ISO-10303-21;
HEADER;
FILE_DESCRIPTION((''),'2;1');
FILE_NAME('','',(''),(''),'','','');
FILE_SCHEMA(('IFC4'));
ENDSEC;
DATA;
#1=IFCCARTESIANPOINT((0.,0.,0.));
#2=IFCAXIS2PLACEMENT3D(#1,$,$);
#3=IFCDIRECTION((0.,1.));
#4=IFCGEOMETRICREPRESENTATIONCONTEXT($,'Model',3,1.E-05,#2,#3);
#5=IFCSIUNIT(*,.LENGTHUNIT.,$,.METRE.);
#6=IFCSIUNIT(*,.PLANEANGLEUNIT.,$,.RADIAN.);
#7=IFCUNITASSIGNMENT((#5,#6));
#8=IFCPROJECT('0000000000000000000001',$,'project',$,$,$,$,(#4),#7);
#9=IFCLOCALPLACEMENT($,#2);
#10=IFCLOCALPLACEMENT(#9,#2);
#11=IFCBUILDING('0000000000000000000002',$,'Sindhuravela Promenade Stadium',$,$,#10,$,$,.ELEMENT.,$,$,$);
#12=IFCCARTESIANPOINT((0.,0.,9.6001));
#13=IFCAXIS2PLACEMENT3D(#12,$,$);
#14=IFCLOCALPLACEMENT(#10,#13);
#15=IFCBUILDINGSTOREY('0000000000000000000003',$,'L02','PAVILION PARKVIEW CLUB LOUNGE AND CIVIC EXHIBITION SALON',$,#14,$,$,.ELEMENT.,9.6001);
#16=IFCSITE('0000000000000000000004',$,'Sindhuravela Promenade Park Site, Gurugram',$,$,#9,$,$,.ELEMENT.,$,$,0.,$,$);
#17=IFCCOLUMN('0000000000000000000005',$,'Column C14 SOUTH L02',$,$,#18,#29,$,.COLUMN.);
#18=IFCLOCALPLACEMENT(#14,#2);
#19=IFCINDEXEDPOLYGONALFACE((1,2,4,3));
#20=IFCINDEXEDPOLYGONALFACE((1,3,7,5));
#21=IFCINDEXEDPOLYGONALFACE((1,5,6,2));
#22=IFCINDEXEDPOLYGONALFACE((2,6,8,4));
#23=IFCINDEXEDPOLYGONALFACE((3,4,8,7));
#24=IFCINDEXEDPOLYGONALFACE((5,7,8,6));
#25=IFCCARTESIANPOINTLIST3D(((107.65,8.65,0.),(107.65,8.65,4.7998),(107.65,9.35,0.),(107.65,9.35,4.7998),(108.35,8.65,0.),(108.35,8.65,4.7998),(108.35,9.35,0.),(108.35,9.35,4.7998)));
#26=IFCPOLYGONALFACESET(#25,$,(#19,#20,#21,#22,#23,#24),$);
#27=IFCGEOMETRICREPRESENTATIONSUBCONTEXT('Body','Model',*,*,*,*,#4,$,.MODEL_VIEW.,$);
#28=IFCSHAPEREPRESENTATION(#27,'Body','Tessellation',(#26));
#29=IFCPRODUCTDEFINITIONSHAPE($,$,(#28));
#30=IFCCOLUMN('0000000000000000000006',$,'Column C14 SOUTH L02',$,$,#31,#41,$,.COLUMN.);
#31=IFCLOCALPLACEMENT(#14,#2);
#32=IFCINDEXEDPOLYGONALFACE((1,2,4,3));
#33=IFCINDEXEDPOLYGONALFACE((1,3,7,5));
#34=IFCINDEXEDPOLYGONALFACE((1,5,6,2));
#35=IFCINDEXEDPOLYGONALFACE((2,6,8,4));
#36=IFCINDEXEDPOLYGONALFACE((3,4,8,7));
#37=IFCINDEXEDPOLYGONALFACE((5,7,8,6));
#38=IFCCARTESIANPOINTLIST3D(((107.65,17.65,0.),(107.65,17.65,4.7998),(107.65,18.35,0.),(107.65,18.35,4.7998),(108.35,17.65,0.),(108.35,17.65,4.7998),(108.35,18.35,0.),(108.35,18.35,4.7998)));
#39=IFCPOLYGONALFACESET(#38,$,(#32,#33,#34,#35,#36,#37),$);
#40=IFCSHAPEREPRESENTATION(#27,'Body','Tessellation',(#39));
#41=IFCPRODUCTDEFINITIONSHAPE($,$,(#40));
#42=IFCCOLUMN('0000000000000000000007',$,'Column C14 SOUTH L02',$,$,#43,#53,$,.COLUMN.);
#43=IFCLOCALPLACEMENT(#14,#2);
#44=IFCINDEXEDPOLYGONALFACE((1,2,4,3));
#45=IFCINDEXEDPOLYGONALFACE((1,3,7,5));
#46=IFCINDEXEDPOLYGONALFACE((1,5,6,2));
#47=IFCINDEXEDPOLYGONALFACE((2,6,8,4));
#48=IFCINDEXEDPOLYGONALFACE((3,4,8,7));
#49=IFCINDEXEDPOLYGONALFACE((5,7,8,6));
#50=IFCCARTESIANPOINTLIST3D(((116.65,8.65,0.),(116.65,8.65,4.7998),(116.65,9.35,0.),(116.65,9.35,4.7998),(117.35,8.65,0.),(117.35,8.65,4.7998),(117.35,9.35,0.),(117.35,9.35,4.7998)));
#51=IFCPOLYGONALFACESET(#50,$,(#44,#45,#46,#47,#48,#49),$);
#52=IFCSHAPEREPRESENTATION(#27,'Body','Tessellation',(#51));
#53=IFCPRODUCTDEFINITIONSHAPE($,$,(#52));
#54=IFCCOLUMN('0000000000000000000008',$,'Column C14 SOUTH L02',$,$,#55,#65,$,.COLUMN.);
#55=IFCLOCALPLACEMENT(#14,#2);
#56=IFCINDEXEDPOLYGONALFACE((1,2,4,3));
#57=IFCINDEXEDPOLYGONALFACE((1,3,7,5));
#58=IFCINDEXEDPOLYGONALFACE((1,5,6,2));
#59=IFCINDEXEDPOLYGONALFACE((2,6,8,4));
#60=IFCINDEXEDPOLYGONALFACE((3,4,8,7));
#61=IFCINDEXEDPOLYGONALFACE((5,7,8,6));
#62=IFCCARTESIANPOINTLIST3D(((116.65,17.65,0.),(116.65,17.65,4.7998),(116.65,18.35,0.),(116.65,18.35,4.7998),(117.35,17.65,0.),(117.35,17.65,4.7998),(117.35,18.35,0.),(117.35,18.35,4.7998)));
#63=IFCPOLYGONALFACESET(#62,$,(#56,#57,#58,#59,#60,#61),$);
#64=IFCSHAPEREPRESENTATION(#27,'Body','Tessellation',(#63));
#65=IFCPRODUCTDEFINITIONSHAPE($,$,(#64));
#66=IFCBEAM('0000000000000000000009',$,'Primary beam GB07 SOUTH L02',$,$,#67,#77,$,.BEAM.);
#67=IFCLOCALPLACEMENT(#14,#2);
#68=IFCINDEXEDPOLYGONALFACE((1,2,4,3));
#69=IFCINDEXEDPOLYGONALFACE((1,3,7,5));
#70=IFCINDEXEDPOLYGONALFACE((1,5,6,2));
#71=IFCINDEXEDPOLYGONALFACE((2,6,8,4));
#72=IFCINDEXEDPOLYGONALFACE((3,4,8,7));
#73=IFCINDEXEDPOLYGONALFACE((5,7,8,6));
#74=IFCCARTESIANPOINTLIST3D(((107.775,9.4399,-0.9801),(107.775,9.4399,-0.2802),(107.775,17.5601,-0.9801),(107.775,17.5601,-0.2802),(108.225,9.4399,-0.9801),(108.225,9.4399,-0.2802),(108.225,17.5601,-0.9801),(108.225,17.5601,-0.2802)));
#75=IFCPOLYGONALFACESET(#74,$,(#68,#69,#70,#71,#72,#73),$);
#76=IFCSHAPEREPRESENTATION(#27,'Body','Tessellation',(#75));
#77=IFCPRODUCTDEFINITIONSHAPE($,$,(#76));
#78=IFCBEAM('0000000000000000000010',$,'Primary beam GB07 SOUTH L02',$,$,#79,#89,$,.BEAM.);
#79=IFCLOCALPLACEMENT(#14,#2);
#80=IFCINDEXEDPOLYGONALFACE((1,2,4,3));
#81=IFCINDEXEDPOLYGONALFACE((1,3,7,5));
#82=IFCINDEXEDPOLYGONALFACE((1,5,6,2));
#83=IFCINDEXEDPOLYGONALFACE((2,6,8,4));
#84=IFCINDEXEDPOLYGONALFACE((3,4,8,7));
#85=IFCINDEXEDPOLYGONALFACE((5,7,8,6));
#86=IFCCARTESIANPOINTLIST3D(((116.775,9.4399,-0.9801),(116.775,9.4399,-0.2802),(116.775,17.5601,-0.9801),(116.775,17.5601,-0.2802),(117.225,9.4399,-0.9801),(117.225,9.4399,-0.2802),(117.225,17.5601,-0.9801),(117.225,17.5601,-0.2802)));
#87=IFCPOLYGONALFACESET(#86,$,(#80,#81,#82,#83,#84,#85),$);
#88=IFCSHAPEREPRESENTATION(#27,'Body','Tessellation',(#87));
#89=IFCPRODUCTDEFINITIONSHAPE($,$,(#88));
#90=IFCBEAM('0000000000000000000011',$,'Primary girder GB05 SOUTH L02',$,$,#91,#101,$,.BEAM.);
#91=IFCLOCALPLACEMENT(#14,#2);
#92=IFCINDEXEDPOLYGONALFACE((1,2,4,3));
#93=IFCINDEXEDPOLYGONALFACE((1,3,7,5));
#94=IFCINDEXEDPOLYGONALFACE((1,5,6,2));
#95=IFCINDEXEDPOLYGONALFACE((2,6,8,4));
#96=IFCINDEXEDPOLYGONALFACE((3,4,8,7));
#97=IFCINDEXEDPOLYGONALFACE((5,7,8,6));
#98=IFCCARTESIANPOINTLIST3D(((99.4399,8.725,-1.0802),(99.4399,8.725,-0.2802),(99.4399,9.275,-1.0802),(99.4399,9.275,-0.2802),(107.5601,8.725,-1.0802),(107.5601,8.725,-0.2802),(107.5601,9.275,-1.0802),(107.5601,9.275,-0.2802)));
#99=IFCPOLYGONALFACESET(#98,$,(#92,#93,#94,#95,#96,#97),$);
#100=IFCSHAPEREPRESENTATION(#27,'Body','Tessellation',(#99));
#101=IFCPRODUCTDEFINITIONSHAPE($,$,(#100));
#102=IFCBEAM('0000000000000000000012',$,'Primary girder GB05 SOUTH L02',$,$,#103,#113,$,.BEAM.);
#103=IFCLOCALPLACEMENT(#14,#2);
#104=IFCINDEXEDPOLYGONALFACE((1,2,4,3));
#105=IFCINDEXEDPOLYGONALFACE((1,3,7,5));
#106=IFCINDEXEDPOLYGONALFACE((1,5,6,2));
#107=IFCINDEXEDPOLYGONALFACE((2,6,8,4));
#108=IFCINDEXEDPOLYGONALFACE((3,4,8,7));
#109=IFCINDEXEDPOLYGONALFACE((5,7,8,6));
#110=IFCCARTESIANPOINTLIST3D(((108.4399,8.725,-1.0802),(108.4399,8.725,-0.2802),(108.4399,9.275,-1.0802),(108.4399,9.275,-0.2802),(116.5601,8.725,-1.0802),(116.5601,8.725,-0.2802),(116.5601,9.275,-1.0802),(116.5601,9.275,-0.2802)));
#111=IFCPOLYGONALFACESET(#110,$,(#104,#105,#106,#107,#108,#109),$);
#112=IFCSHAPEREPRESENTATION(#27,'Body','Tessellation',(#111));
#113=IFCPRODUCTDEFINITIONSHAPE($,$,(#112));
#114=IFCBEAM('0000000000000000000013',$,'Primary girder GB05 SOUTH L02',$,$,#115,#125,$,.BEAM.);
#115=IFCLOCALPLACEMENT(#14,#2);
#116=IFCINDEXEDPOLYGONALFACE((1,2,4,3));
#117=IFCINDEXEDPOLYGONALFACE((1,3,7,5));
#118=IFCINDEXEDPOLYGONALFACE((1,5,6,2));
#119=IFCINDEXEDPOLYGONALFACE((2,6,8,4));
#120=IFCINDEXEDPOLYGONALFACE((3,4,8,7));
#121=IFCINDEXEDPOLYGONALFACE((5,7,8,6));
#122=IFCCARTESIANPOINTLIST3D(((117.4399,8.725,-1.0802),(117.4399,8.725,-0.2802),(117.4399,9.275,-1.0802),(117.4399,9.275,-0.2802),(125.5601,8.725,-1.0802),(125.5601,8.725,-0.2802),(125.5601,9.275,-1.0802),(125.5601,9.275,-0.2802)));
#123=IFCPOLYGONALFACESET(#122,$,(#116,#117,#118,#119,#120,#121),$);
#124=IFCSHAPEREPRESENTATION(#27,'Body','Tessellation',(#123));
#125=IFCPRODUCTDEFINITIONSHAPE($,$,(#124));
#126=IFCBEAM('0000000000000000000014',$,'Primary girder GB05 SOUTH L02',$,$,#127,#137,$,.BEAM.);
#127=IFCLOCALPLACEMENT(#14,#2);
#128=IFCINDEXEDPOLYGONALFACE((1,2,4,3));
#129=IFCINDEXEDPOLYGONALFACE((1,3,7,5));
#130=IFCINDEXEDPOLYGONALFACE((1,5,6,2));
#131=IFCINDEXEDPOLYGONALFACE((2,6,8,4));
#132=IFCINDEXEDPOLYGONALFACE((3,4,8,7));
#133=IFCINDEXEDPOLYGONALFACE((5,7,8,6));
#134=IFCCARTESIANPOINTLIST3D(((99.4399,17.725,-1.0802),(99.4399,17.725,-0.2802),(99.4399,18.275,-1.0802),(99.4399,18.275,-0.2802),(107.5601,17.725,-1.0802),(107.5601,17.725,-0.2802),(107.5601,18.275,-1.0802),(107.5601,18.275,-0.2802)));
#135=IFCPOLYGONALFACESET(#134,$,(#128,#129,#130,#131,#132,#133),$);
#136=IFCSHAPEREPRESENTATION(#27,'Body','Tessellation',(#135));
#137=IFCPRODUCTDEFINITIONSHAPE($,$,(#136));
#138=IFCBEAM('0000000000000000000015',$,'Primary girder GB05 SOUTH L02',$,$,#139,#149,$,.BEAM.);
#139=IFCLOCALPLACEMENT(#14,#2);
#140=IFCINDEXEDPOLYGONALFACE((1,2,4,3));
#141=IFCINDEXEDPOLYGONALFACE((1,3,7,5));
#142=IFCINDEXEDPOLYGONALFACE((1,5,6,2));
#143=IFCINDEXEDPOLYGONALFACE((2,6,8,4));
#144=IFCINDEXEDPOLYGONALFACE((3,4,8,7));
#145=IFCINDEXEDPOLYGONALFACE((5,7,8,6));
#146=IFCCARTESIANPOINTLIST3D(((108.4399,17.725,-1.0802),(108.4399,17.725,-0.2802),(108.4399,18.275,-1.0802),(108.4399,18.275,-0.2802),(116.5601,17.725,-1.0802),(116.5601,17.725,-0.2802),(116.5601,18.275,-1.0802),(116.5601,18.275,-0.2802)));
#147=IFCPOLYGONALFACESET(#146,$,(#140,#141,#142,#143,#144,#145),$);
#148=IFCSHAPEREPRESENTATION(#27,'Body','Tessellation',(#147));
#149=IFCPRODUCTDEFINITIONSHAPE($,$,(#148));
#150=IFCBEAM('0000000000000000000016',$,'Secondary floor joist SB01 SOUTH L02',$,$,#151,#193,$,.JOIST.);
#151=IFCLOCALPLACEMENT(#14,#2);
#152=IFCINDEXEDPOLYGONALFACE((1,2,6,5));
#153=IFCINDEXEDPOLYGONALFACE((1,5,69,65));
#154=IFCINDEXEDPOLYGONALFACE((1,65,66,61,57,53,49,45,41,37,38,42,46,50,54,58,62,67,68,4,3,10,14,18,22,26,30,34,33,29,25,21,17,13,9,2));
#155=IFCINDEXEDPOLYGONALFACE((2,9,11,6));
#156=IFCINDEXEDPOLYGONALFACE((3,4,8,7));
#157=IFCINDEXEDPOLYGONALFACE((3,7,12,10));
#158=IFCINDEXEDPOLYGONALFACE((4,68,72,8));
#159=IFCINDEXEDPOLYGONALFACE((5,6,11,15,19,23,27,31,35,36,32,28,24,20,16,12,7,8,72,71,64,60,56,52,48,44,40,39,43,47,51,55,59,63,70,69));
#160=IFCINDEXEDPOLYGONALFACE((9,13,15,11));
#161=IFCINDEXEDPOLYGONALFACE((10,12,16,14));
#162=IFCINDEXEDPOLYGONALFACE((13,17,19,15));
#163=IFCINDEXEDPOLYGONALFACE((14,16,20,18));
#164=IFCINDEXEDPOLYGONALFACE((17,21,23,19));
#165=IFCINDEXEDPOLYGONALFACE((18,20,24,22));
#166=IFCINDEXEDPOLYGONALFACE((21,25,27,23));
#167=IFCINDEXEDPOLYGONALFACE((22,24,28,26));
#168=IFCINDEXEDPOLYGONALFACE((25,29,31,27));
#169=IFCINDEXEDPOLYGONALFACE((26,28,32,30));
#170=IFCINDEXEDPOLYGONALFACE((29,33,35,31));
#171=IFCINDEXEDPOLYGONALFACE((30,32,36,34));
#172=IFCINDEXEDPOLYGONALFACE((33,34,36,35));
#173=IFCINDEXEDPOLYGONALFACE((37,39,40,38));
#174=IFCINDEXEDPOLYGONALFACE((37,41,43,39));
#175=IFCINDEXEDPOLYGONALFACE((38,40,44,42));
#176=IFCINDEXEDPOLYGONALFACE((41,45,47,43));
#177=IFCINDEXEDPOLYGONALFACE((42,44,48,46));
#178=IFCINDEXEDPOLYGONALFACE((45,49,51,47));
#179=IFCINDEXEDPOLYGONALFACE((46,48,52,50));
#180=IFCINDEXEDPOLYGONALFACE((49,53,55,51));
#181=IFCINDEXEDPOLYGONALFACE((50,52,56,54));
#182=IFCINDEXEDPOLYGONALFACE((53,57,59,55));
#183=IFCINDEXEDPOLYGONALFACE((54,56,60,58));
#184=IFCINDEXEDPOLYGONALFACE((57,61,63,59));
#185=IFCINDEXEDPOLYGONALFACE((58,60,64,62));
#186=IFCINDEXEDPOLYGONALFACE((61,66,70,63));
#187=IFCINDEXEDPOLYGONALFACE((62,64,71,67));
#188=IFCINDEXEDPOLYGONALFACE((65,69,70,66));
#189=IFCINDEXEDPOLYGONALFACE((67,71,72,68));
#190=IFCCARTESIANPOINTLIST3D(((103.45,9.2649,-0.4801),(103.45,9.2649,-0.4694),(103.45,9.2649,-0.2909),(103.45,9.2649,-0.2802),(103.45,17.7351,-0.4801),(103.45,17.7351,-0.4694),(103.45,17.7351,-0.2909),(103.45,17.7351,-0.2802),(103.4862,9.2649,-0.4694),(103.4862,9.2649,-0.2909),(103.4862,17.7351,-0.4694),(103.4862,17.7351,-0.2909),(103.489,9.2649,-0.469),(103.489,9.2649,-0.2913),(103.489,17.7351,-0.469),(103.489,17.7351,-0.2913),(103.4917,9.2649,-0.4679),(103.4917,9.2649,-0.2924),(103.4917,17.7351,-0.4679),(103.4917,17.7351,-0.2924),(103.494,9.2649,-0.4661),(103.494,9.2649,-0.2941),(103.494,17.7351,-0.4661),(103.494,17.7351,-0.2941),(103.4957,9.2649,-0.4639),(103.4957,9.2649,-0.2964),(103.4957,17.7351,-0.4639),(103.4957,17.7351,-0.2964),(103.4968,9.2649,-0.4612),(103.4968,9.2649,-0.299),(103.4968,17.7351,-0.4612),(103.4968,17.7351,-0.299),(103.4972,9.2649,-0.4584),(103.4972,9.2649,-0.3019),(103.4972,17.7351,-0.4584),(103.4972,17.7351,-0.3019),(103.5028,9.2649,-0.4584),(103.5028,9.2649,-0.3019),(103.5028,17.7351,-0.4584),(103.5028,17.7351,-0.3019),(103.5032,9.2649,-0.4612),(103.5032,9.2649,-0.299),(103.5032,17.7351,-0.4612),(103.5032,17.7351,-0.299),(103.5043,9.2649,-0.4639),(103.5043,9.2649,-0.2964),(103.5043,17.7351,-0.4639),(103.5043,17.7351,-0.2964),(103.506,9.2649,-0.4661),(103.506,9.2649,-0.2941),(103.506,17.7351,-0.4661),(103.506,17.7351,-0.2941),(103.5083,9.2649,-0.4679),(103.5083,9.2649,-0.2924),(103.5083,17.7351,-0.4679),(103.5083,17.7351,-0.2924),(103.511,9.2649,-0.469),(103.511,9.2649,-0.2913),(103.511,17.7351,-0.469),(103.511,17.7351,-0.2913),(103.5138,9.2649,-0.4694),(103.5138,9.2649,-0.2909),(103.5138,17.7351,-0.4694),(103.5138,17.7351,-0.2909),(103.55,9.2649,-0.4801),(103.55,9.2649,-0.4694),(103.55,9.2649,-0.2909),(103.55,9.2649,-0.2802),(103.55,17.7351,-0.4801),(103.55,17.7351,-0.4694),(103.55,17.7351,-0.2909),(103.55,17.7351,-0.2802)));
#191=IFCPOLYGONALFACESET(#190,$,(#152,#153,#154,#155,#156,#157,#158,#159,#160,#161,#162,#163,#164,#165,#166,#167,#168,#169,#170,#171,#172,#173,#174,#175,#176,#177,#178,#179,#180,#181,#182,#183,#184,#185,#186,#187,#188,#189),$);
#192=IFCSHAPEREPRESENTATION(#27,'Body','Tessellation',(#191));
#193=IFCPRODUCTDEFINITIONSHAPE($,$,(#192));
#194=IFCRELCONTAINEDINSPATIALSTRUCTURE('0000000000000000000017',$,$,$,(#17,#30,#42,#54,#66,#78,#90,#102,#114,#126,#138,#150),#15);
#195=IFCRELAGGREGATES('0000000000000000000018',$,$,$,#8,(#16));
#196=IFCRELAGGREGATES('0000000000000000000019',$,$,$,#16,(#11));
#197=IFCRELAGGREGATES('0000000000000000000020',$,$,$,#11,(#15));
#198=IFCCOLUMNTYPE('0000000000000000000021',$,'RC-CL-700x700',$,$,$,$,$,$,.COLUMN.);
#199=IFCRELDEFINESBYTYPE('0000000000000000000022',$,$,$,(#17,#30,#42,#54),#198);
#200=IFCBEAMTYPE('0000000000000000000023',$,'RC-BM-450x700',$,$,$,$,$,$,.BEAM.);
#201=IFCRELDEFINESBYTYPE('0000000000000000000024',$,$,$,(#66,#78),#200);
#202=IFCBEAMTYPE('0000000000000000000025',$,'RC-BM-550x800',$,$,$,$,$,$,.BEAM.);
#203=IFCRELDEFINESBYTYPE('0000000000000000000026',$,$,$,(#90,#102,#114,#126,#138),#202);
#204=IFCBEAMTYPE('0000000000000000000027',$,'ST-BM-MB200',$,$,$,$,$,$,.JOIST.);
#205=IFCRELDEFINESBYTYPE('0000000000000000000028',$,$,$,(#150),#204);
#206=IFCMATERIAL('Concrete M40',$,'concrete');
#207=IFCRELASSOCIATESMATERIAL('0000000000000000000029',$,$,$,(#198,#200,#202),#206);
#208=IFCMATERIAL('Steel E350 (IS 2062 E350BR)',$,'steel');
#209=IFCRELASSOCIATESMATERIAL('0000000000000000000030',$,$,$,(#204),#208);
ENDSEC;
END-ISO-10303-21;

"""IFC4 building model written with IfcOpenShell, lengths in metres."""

from ifc_helpers import new_model, si_unit, direction, frame, origin, origin_2d, place, context, subcontext, project, spatial, rectangle, i_section, extrude, material, material_profile, profile_set, type_object, element, save


model = new_model("IFC4")

# Units and contexts
model_context = context("Model", 3, precision=1e-05, world=origin(), true_north=direction((0.0, 1.0)))
body_context = subcontext(model_context, "Body", "Model", "MODEL_VIEW")
ifc_project = project(units=[si_unit("LENGTHUNIT", "METRE"), si_unit("PLANEANGLEUNIT", "RADIAN")], contexts=[model_context])

# Site, building, storey
site_placement = place(None, origin())
site = spatial("IfcSite", under=ifc_project, at=site_placement, Name="Sindhuravela Promenade Park Site, Gurugram", CompositionType="ELEMENT", RefElevation=0.0)
building_placement = place(site_placement, origin())
building = spatial("IfcBuilding", under=site, at=building_placement, Name="Sindhuravela Promenade Stadium", CompositionType="ELEMENT")
storey_placement = place(building_placement, frame((0.0, 0.0, 9.6001)))
storey = spatial("IfcBuildingStorey", under=building, at=storey_placement, Name="L02", Description="PAVILION PARKVIEW CLUB LOUNGE AND CIVIC EXHIBITION SALON", CompositionType="ELEMENT", Elevation=9.6001)

# Columns
ifc_material_1 = material(Name="Concrete M40", Category="concrete")
ifc_material_profile_1 = material_profile(ifc_material_1, rectangle(XDim=0.7, YDim=0.7, at=origin_2d()), Name="RC 700x700")
ifc_profile_set_1 = profile_set([ifc_material_profile_1], Name="Concrete M40")
column_type = type_object("IfcColumnType", Name="RC-CL-700x700", PredefinedType="COLUMN", material=ifc_profile_set_1)
for number, where, z_axis, x_axis, name in (
    (1, (108.0, 9.0, 0.0), (0.0, 0.0, 1.0), (1.0, 0.0, 0.0), "Column C14 SOUTH L02"),
    (2, (108.0, 18.0, 0.0), (0.0, 0.0, 1.0), (1.0, 0.0, 0.0), "Column C14 SOUTH L02"),
    (3, (117.0, 9.0, 0.0), (0.0, 0.0, 1.0), (1.0, 0.0, 0.0), "Column C14 SOUTH L02"),
    (4, (117.0, 18.0, 0.0), (0.0, 0.0, 1.0), (1.0, 0.0, 0.0), "Column C14 SOUTH L02"),
):
    element("IfcColumn", number, at=place(storey_placement, frame(where, z_axis=z_axis, x_axis=x_axis)), inside=storey, type_object=column_type, Name=name, PredefinedType="COLUMN", context=body_context, shape_type="SweptSolid", body=[
        extrude(rectangle(XDim=0.7, YDim=0.7, at=origin_2d()), origin(), (0.0, 0.0, 1.0), 4.7998),
    ])

# Beams
ifc_material_profile_2 = material_profile(ifc_material_1, rectangle(XDim=0.45, YDim=0.7, at=origin_2d()), Name="RC 450x700")
ifc_profile_set_2 = profile_set([ifc_material_profile_2], Name="Concrete M40")
beam_type_1 = type_object("IfcBeamType", Name="RC-BM-450x700", PredefinedType="BEAM", material=ifc_profile_set_2)
for number, where, z_axis, x_axis, name in (
    (5, (108.0, 9.4399, -0.6301), (0.0, 1.0, 0.0), (-1.0, 0.0, 0.0), "Primary beam GB07 SOUTH L02"),
    (6, (117.0, 9.4399, -0.6301), (0.0, 1.0, 0.0), (-1.0, 0.0, 0.0), "Primary beam GB07 SOUTH L02"),
):
    element("IfcBeam", number, at=place(storey_placement, frame(where, z_axis=z_axis, x_axis=x_axis)), inside=storey, type_object=beam_type_1, Name=name, PredefinedType="BEAM", context=body_context, shape_type="SweptSolid", body=[
        extrude(rectangle(XDim=0.45, YDim=0.7, at=origin_2d()), origin(), (0.0, 0.0, 1.0), 8.1201),
    ])
ifc_material_profile_3 = material_profile(ifc_material_1, rectangle(XDim=0.55, YDim=0.8, at=origin_2d()), Name="RC 550x800")
ifc_profile_set_3 = profile_set([ifc_material_profile_3], Name="Concrete M40")
beam_type_2 = type_object("IfcBeamType", Name="RC-BM-550x800", PredefinedType="BEAM", material=ifc_profile_set_3)
for number, where, z_axis, x_axis, name in (
    (7, (99.4399, 9.0, -0.6802), (1.0, 0.0, 0.0), (0.0, 1.0, 0.0), "Primary girder GB05 SOUTH L02"),
    (8, (108.4399, 9.0, -0.6802), (1.0, 0.0, 0.0), (0.0, 1.0, 0.0), "Primary girder GB05 SOUTH L02"),
    (9, (117.4399, 9.0, -0.6802), (1.0, 0.0, 0.0), (0.0, 1.0, 0.0), "Primary girder GB05 SOUTH L02"),
    (10, (99.4399, 18.0, -0.6802), (1.0, 0.0, 0.0), (0.0, 1.0, 0.0), "Primary girder GB05 SOUTH L02"),
    (11, (108.4399, 18.0, -0.6802), (1.0, 0.0, 0.0), (0.0, 1.0, 0.0), "Primary girder GB05 SOUTH L02"),
):
    element("IfcBeam", number, at=place(storey_placement, frame(where, z_axis=z_axis, x_axis=x_axis)), inside=storey, type_object=beam_type_2, Name=name, PredefinedType="BEAM", context=body_context, shape_type="SweptSolid", body=[
        extrude(rectangle(XDim=0.55, YDim=0.8, at=origin_2d()), origin(), (0.0, 0.0, 1.0), 8.1201),
    ])
ifc_material_2 = material(Name="Steel E350 (IS 2062 E350BR)", Category="steel")
ifc_material_profile_4 = material_profile(ifc_material_2, i_section(OverallWidth=0.1001, OverallDepth=0.2, WebThickness=0.0056, FlangeThickness=0.0107, FilletRadius=0.011, at=origin_2d()), Name="ISMB 200")
ifc_profile_set_4 = profile_set([ifc_material_profile_4], Name="Steel E350 (IS 2062 E350BR)")
beam_type_3 = type_object("IfcBeamType", Name="ST-BM-MB200", PredefinedType="JOIST", material=ifc_profile_set_4)
beam_1_placement = place(storey_placement, frame((103.5, 9.2649, -0.3801), z_axis=(0.0, 1.0, 0.0), x_axis=(-1.0, 0.0, 0.0)))
element("IfcBeam", 12, at=beam_1_placement, inside=storey, type_object=beam_type_3, Name="Secondary floor joist SB01 SOUTH L02", PredefinedType="JOIST", context=body_context, shape_type="SweptSolid", body=[
    extrude(i_section(OverallWidth=0.1001, OverallDepth=0.2, WebThickness=0.0056, FlangeThickness=0.0107, FilletRadius=0.011, at=origin_2d()), origin(), (0.0, 0.0, 1.0), 8.4702),
])

save(model, "model.ifc")
